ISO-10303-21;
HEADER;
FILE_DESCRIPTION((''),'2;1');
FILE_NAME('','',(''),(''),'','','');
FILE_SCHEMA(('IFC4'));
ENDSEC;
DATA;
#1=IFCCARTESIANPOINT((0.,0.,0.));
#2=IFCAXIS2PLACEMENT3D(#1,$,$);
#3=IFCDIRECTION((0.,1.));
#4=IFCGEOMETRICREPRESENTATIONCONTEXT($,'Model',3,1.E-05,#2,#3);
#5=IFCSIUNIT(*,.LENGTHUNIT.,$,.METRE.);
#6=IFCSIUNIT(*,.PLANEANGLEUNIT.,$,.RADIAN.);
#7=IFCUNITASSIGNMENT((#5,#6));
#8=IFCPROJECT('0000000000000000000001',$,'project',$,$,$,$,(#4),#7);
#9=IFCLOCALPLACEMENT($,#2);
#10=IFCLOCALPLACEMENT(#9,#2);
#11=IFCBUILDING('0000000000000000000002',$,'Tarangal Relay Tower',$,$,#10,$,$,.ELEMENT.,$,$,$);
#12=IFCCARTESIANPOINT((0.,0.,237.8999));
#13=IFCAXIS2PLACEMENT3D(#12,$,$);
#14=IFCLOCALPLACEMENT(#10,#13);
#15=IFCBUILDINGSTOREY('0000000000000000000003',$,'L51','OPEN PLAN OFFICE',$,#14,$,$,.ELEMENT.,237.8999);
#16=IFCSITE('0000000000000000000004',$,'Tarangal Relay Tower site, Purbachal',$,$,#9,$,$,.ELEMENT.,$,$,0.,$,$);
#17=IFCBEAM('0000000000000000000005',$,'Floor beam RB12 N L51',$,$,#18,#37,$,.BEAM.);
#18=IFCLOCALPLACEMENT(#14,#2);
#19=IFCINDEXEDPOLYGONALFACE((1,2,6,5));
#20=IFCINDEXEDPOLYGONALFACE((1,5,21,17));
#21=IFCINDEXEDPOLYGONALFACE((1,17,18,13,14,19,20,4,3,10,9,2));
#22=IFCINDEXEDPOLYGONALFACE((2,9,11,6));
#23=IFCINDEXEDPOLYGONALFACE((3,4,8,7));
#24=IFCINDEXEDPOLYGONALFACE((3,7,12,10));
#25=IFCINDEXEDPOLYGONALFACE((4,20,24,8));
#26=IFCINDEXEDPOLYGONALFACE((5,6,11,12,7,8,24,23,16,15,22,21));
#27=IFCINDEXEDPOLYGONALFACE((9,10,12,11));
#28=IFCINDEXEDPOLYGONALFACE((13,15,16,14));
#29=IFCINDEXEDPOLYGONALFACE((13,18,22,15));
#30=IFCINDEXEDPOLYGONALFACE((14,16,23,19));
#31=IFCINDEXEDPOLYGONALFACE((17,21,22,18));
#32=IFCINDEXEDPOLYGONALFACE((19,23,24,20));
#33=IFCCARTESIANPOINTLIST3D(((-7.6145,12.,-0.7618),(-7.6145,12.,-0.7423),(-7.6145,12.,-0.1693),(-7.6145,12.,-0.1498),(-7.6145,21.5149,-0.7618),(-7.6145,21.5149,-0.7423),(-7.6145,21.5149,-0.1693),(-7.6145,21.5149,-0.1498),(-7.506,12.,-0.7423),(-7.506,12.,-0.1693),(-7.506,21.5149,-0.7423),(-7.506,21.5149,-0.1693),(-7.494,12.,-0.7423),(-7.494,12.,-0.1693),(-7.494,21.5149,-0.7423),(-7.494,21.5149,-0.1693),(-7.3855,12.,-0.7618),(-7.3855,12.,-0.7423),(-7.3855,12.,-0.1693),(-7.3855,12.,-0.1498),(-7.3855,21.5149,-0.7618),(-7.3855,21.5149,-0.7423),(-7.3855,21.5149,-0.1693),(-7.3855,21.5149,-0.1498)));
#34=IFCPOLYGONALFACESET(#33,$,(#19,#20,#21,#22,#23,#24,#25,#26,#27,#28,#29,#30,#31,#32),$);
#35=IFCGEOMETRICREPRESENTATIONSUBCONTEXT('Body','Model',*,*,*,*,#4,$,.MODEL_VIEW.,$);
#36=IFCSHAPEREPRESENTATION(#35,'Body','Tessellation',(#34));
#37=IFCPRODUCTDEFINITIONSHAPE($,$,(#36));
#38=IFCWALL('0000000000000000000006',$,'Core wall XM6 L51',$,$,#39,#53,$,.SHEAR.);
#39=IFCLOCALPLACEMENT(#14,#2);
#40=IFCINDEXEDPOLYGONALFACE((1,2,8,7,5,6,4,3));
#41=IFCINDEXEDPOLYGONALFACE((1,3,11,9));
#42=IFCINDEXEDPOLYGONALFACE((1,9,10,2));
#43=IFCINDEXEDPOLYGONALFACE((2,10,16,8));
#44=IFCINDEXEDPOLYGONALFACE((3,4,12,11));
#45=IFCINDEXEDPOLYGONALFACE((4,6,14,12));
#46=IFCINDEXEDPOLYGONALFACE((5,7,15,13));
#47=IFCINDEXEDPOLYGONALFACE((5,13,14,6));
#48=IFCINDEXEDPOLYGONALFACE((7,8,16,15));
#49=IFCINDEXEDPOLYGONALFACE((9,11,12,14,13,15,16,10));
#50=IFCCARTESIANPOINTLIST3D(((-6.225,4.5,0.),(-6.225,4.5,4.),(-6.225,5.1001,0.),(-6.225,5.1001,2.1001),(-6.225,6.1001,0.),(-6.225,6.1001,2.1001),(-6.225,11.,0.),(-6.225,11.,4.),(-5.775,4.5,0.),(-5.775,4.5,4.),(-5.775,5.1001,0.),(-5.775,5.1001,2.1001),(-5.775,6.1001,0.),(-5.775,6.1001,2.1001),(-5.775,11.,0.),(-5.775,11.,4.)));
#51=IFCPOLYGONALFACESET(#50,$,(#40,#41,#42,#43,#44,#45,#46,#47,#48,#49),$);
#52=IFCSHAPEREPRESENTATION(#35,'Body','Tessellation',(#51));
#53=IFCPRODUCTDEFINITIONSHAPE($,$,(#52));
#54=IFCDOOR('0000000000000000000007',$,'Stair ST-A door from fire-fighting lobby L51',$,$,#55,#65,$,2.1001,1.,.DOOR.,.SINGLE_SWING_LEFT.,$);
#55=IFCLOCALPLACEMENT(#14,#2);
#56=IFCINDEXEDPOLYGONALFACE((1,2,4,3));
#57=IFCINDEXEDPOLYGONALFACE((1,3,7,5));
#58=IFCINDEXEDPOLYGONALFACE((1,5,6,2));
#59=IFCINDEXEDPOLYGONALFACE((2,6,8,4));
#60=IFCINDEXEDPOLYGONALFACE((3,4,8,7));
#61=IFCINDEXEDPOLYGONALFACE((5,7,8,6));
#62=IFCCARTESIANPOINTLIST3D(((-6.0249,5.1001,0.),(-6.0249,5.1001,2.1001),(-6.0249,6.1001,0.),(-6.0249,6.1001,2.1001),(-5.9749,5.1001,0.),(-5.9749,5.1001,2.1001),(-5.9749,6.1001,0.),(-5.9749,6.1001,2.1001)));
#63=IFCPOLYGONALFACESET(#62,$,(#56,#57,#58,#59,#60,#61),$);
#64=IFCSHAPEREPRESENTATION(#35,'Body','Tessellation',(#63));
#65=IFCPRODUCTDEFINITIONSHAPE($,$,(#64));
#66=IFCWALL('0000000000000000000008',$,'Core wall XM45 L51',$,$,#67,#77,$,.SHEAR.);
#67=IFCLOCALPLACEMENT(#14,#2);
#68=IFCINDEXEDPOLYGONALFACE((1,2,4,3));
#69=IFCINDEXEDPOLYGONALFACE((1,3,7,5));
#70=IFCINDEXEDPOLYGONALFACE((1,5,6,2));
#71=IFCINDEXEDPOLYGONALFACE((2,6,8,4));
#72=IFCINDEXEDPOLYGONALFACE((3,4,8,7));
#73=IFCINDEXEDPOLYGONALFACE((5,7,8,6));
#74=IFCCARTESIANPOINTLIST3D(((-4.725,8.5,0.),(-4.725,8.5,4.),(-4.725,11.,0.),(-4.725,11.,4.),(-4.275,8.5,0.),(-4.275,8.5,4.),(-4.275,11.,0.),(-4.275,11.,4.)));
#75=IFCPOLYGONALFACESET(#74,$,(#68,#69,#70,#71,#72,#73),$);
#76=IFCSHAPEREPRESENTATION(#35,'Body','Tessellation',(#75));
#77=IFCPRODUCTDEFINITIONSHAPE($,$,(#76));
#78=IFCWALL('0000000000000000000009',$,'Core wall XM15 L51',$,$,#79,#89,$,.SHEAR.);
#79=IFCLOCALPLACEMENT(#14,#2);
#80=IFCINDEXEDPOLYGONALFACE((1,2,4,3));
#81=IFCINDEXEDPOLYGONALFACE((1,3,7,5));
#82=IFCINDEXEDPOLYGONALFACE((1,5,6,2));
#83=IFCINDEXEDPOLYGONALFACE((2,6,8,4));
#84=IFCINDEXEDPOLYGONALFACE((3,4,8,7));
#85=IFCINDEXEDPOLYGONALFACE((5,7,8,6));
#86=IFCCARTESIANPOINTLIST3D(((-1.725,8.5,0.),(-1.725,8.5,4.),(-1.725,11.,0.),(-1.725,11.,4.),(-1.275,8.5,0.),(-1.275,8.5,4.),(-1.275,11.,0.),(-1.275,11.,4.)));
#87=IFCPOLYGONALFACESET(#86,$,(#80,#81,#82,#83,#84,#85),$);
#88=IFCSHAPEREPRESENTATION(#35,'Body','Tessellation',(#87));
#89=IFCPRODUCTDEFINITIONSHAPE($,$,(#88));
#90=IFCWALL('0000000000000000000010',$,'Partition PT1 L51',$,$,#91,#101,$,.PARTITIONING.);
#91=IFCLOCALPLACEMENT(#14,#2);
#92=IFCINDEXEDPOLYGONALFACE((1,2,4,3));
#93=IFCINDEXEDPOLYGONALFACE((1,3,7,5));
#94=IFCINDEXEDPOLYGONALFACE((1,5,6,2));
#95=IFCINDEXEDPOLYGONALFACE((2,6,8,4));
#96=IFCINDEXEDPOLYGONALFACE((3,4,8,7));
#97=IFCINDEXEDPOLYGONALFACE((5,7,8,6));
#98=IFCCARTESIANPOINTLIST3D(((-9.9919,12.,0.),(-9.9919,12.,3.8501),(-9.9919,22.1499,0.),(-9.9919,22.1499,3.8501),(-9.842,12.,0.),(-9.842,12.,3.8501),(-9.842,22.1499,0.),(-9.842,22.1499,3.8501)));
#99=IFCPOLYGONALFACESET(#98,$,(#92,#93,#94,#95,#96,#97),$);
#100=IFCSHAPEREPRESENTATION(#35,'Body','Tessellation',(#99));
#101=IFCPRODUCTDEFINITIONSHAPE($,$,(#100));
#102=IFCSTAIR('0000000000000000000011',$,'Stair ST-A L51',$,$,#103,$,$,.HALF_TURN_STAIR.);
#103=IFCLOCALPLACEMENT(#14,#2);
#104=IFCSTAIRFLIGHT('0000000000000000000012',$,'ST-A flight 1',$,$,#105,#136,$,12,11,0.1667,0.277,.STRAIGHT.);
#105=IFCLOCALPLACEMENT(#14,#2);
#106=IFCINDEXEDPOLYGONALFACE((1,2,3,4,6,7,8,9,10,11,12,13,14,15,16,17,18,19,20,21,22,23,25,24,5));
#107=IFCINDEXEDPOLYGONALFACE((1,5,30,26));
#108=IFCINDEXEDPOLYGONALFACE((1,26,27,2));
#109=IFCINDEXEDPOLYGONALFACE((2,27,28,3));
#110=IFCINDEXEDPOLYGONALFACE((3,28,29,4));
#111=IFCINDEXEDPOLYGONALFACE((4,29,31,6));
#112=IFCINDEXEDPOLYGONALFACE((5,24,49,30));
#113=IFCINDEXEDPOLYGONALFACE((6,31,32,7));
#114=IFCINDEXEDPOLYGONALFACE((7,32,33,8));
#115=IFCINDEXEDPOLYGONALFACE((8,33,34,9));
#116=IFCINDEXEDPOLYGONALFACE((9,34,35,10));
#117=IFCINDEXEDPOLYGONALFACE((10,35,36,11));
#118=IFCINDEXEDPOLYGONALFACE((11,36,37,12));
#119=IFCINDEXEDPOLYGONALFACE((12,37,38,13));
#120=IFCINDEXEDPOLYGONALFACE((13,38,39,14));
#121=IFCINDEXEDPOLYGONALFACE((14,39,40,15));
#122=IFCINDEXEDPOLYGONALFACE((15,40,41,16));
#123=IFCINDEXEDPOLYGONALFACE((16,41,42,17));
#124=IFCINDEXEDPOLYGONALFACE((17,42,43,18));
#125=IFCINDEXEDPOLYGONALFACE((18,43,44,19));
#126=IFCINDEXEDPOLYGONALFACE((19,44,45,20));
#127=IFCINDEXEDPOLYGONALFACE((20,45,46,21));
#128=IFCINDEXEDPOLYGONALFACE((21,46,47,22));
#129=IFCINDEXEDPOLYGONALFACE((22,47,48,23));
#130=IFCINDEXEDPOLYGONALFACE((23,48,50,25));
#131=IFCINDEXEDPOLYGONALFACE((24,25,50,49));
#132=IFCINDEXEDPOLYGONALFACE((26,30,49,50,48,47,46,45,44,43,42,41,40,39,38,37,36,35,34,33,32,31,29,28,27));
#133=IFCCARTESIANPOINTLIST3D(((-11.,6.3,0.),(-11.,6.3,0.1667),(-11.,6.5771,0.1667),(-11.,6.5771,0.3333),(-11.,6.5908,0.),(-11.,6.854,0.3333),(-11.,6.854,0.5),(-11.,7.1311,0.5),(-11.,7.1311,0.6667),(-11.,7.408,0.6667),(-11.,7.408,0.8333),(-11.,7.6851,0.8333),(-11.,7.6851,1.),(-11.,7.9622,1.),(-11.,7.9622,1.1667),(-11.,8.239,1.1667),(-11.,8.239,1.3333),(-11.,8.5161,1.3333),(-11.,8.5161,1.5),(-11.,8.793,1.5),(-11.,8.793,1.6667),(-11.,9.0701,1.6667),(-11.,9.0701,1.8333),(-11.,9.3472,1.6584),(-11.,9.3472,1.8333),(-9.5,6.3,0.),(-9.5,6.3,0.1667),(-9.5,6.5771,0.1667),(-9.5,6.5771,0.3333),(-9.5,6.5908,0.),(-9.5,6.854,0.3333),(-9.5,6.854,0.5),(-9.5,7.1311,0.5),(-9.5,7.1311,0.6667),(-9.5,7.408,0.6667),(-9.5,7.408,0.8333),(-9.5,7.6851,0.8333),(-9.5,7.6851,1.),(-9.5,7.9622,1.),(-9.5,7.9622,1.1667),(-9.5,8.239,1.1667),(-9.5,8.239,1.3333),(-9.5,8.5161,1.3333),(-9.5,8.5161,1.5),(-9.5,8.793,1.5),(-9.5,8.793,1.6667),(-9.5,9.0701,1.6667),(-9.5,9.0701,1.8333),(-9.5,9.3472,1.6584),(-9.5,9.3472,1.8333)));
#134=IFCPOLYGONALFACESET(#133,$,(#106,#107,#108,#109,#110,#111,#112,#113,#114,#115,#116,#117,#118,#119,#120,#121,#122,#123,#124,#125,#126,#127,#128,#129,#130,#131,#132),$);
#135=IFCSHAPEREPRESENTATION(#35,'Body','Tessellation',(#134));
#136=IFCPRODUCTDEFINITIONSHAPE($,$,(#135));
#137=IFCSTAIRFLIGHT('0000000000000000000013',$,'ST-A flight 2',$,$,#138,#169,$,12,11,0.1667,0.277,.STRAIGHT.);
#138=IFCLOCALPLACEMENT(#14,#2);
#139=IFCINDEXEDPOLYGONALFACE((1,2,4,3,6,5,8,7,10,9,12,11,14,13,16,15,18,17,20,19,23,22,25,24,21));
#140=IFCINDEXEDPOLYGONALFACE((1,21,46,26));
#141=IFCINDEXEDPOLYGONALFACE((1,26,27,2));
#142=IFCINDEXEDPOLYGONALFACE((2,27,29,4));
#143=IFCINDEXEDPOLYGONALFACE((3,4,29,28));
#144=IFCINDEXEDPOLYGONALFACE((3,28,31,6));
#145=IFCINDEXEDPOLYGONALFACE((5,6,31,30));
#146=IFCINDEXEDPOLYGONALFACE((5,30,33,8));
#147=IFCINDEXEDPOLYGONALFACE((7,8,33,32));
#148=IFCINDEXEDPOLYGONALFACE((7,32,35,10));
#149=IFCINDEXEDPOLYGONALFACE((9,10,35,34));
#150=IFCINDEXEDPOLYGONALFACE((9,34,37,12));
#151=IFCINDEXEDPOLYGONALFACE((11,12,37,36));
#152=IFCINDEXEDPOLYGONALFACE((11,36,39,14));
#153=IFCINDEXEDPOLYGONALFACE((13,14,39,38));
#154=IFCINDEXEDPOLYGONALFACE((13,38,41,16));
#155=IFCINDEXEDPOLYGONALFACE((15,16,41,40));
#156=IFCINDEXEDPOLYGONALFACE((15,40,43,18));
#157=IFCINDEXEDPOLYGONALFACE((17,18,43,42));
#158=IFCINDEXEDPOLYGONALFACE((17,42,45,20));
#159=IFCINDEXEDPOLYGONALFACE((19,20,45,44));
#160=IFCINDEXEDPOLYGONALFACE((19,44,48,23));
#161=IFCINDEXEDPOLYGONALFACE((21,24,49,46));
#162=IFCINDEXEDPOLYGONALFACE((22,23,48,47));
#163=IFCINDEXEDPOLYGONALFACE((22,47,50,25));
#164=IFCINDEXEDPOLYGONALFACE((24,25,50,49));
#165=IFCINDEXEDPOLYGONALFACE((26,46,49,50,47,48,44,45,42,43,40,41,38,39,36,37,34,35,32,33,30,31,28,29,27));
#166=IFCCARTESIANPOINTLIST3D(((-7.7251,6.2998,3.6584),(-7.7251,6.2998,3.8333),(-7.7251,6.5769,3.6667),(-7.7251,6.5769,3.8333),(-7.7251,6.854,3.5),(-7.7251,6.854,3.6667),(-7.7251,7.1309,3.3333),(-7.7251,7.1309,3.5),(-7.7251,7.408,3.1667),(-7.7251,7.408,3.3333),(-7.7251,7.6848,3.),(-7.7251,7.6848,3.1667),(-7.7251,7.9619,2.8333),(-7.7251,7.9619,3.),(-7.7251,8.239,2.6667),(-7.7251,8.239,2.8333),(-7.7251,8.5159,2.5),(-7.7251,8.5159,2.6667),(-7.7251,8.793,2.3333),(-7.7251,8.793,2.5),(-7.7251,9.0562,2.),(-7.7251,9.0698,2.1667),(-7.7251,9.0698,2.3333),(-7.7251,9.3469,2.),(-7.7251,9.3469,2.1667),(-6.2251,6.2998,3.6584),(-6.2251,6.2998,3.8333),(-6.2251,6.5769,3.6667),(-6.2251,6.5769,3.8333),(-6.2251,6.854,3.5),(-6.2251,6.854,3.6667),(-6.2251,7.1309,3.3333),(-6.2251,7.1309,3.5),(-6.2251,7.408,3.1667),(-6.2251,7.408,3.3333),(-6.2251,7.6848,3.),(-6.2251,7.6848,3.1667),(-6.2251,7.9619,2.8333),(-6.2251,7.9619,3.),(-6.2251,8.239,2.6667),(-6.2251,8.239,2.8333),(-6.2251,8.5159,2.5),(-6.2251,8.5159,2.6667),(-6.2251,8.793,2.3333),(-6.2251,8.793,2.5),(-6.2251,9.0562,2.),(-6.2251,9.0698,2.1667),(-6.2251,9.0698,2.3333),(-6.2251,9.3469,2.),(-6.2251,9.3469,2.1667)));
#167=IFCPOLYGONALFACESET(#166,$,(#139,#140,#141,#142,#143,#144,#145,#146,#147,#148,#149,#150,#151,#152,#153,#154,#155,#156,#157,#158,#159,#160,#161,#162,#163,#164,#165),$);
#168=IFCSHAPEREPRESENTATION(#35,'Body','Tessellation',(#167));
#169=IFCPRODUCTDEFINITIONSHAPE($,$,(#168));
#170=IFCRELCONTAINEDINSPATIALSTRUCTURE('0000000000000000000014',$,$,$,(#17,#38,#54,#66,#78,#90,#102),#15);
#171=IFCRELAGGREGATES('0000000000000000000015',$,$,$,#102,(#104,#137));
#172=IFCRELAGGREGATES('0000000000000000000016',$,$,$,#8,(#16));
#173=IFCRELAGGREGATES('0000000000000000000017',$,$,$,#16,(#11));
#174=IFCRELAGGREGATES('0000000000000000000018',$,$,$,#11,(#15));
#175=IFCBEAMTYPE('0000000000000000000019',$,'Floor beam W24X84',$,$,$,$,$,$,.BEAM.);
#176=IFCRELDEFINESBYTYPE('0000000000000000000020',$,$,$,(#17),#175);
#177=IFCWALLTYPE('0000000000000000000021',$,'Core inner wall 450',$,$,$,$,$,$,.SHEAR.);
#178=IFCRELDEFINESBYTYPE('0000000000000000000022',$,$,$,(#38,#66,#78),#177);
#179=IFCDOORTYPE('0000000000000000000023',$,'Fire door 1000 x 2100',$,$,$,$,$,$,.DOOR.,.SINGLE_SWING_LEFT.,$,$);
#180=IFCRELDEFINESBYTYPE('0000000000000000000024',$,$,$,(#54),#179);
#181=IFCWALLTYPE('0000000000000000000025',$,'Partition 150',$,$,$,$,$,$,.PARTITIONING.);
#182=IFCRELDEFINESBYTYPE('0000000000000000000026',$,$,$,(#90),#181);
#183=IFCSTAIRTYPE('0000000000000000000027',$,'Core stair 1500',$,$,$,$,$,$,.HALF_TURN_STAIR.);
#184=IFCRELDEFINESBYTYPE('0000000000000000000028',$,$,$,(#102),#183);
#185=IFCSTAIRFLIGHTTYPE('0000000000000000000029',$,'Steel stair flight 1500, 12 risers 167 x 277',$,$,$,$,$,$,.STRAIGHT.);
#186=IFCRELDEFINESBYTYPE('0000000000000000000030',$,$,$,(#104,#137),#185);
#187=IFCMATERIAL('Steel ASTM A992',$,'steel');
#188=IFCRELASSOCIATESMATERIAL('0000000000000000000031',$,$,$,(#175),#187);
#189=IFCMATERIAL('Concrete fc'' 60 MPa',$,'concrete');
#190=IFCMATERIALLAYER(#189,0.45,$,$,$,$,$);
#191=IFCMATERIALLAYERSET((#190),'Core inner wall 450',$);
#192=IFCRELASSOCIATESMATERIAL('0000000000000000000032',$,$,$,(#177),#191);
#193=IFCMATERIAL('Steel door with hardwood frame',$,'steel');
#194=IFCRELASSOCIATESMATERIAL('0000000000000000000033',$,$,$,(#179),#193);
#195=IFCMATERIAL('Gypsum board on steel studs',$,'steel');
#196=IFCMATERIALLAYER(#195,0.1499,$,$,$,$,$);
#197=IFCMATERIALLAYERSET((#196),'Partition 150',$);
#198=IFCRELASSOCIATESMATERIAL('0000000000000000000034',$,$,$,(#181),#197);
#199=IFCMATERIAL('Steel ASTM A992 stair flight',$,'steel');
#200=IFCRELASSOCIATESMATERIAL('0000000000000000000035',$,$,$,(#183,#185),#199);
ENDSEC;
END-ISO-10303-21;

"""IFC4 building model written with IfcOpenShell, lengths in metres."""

from ifc_helpers import new_model, si_unit, direction, frame, frame_2d, origin, origin_2d, place, context, subcontext, project, spatial, polyline, rectangle, i_section, outline, extrude, material, layer, layer_set, material_profile, profile_set, type_object, element, fill, aggregate, save


model = new_model("IFC4")

# Units and contexts
model_context = context("Model", 3, precision=1e-05, world=origin(), true_north=direction((0.0, 1.0)))
body_context = subcontext(model_context, "Body", "Model", "MODEL_VIEW")
ifc_project = project(units=[si_unit("LENGTHUNIT", "METRE"), si_unit("PLANEANGLEUNIT", "RADIAN")], contexts=[model_context])

# Site, building, storey
site_placement = place(None, origin())
site = spatial("IfcSite", under=ifc_project, at=site_placement, Name="Tarangal Relay Tower site, Purbachal", CompositionType="ELEMENT", RefElevation=0.0)
building_placement = place(site_placement, origin())
building = spatial("IfcBuilding", under=site, at=building_placement, Name="Tarangal Relay Tower", CompositionType="ELEMENT")
storey_placement = place(building_placement, frame((0.0, 0.0, 237.8999)))
storey = spatial("IfcBuildingStorey", under=building, at=storey_placement, Name="L51", Description="OPEN PLAN OFFICE", CompositionType="ELEMENT", Elevation=237.8999)

# Beam
ifc_material_1 = material(Name="Steel ASTM A992", Category="steel")
ifc_material_profile = material_profile(ifc_material_1, i_section(OverallWidth=0.229, OverallDepth=0.6121, WebThickness=0.012, FlangeThickness=0.0195, at=origin_2d()), Name="W24X84")
ifc_profile_set = profile_set([ifc_material_profile], Name="Steel ASTM A992")
beam_type = type_object("IfcBeamType", Name="Floor beam W24X84", PredefinedType="BEAM", material=ifc_profile_set)
beam_placement = place(storey_placement, frame((-7.5, 12.0, -0.4558), z_axis=(0.0, 1.0, 0.0), x_axis=(-1.0, 0.0, 0.0)))
element("IfcBeam", 1, at=beam_placement, inside=storey, type_object=beam_type, Name="Floor beam RB12 N L51", PredefinedType="BEAM", context=body_context, shape_type="SweptSolid", body=[
    extrude(i_section(OverallWidth=0.229, OverallDepth=0.6121, WebThickness=0.012, FlangeThickness=0.0195, at=origin_2d()), origin(), (0.0, 0.0, 1.0), 9.5149),
])

# Shared definitions
ifc_material_2 = material(Name="Concrete fc' 60 MPa", Category="concrete")
ifc_layer_1 = layer(ifc_material_2, 0.45)
ifc_layer_set_1 = layer_set([ifc_layer_1], Name="Core inner wall 450")
wall_type_1 = type_object("IfcWallType", Name="Core inner wall 450", PredefinedType="SHEAR", material=ifc_layer_set_1)
ifc_material_3 = material(Name="Steel door with hardwood frame", Category="steel")

# Wall, opening, door
wall_1_placement = place(storey_placement, frame((-6.0, 4.5, 0.0), z_axis=(0.0, 0.0, 1.0), x_axis=(0.0, 1.0, 0.0)))
wall_1 = element("IfcWall", 2, at=wall_1_placement, inside=storey, type_object=wall_type_1, Name="Core wall XM6 L51", PredefinedType="SHEAR", context=body_context, shape_type="SweptSolid", body=[
    extrude(rectangle(XDim=6.5, YDim=0.45, at=frame_2d((3.25, 0.0))), origin(), (0.0, 0.0, 1.0), 4.0),
])
opening_1_placement = place(wall_1_placement, frame((0.6001, 0.0, 0.0)))
opening_1 = element("IfcOpeningElement", 3, at=opening_1_placement, cuts=wall_1, PredefinedType="OPENING", context=body_context, shape_type="SweptSolid", body=[
    extrude(rectangle(XDim=1.0, YDim=2.1001, at=frame_2d((0.5, 1.05))), frame((0.0, 0.2349, 0.0), z_axis=(0.0, -1.0, 0.0), x_axis=(1.0, 0.0, 0.0)), (0.0, 0.0, 1.0), 0.47),
])
door_type_1 = type_object("IfcDoorType", Name="Fire door 1000 x 2100", OperationType="SINGLE_SWING_LEFT", PredefinedType="DOOR", material=ifc_material_3)
door_1_placement = place(opening_1_placement, origin())
door_1 = element("IfcDoor", 4, at=door_1_placement, inside=storey, type_object=door_type_1, Name="Stair ST-A door from fire-fighting lobby L51", OperationType="SINGLE_SWING_LEFT", OverallHeight=2.1001, OverallWidth=1.0, PredefinedType="DOOR", context=body_context, shape_type="SweptSolid", body=[
    extrude(rectangle(XDim=1.0, YDim=2.1001, at=frame_2d((0.5, 1.05))), frame((0.0, 0.0249, 0.0), z_axis=(0.0, -1.0, 0.0), x_axis=(1.0, 0.0, 0.0)), (0.0, 0.0, 1.0), 0.05),
])
fill(opening_1, door_1)

# Walls
for number, where, z_axis, x_axis, name in (
    (5, (-4.5, 8.5, 0.0), (0.0, 0.0, 1.0), (0.0, 1.0, 0.0), "Core wall XM45 L51"),
    (6, (-1.5, 8.5, 0.0), (0.0, 0.0, 1.0), (0.0, 1.0, 0.0), "Core wall XM15 L51"),
):
    element("IfcWall", number, at=place(storey_placement, frame(where, z_axis=z_axis, x_axis=x_axis)), inside=storey, type_object=wall_type_1, Name=name, PredefinedType="SHEAR", context=body_context, shape_type="SweptSolid", body=[
        extrude(rectangle(XDim=2.5, YDim=0.45, at=frame_2d((1.25, 0.0))), origin(), (0.0, 0.0, 1.0), 4.0),
    ])
ifc_material_4 = material(Name="Gypsum board on steel studs", Category="steel")
ifc_layer_2 = layer(ifc_material_4, 0.1499)
ifc_layer_set_2 = layer_set([ifc_layer_2], Name="Partition 150")
wall_type_2 = type_object("IfcWallType", Name="Partition 150", PredefinedType="PARTITIONING", material=ifc_layer_set_2)
wall_2_placement = place(storey_placement, frame((-9.917, 12.0, 0.0), z_axis=(0.0, 0.0, 1.0), x_axis=(0.0, 1.0, 0.0)))
element("IfcWall", 7, at=wall_2_placement, inside=storey, type_object=wall_type_2, Name="Partition PT1 L51", PredefinedType="PARTITIONING", context=body_context, shape_type="SweptSolid", body=[
    extrude(rectangle(XDim=10.1499, YDim=0.1499, at=frame_2d((5.075, 0.0))), origin(), (0.0, 0.0, 1.0), 3.8501),
])

# Stair, stair flights
ifc_material_5 = material(Name="Steel ASTM A992 stair flight", Category="steel")
stair_type = type_object("IfcStairType", Name="Core stair 1500", PredefinedType="HALF_TURN_STAIR", material=ifc_material_5)
stair_placement = place(storey_placement, origin())
stair = element("IfcStair", 8, at=stair_placement, inside=storey, type_object=stair_type, Name="Stair ST-A L51", PredefinedType="HALF_TURN_STAIR")
stair_flight_type = type_object("IfcStairFlightType", Name="Steel stair flight 1500, 12 risers 167 x 277", PredefinedType="STRAIGHT", material=ifc_material_5)
stair_flight_1_placement = place(storey_placement, frame((-10.25, 6.3, 0.0), z_axis=(0.0, 0.0, 1.0), x_axis=(0.0, 1.0, 0.0)))
stair_flight_1 = element("IfcStairFlight", 9, at=stair_flight_1_placement, type_object=stair_flight_type, Name="ST-A flight 1", NumberOfRisers=12, NumberOfTreads=11, PredefinedType="STRAIGHT", RiserHeight=0.1667, TreadLength=0.277, context=body_context, shape_type="SweptSolid", body=[
    extrude(outline(polyline([(0.0, 0.0), (0.0, 0.1667), (0.2771, 0.1667), (0.2771, 0.3333), (0.554, 0.3333), (0.554, 0.5), (0.8311, 0.5), (0.8311, 0.6667), (1.1079, 0.6667), (1.1079, 0.8333), (1.385, 0.8333), (1.385, 1.0), (1.6621, 1.0), (1.6621, 1.1667), (1.939, 1.1667), (1.939, 1.3333), (2.2161, 1.3333), (2.2161, 1.5), (2.4929, 1.5), (2.4929, 1.6667), (2.77, 1.6667), (2.77, 1.8333), (3.0471, 1.8333), (3.0471, 2.0), (3.0471, 1.6584), (0.2908, 0.0), (0.0, 0.0)])), frame((0.0, 0.75, 0.0), z_axis=(0.0, -1.0, 0.0), x_axis=(1.0, 0.0, 0.0)), (0.0, 0.0, 1.0), 1.5),
])
stair_flight_2_placement = place(storey_placement, frame((-6.9751, 9.3469, 2.0), z_axis=(0.0, 0.0, 1.0), x_axis=(0.0, -1.0, 0.0)))
stair_flight_2 = element("IfcStairFlight", 10, at=stair_flight_2_placement, type_object=stair_flight_type, Name="ST-A flight 2", NumberOfRisers=12, NumberOfTreads=11, PredefinedType="STRAIGHT", RiserHeight=0.1667, TreadLength=0.277, context=body_context, shape_type="SweptSolid", body=[
    extrude(outline(polyline([(0.0, 0.0), (0.0, 0.1667), (0.2771, 0.1667), (0.2771, 0.3333), (0.554, 0.3333), (0.554, 0.5), (0.8311, 0.5), (0.8311, 0.6667), (1.1079, 0.6667), (1.1079, 0.8333), (1.385, 0.8333), (1.385, 1.0), (1.6621, 1.0), (1.6621, 1.1667), (1.939, 1.1667), (1.939, 1.3333), (2.2161, 1.3333), (2.2161, 1.5), (2.4929, 1.5), (2.4929, 1.6667), (2.77, 1.6667), (2.77, 1.8333), (3.0471, 1.8333), (3.0471, 2.0), (3.0471, 1.6584), (0.2908, 0.0), (0.0, 0.0)])), frame((0.0, 0.75, 0.0), z_axis=(0.0, -1.0, 0.0), x_axis=(1.0, 0.0, 0.0)), (0.0, 0.0, 1.0), 1.5),
])
aggregate(stair, [stair_flight_1, stair_flight_2])

save(model, "model.ifc")
